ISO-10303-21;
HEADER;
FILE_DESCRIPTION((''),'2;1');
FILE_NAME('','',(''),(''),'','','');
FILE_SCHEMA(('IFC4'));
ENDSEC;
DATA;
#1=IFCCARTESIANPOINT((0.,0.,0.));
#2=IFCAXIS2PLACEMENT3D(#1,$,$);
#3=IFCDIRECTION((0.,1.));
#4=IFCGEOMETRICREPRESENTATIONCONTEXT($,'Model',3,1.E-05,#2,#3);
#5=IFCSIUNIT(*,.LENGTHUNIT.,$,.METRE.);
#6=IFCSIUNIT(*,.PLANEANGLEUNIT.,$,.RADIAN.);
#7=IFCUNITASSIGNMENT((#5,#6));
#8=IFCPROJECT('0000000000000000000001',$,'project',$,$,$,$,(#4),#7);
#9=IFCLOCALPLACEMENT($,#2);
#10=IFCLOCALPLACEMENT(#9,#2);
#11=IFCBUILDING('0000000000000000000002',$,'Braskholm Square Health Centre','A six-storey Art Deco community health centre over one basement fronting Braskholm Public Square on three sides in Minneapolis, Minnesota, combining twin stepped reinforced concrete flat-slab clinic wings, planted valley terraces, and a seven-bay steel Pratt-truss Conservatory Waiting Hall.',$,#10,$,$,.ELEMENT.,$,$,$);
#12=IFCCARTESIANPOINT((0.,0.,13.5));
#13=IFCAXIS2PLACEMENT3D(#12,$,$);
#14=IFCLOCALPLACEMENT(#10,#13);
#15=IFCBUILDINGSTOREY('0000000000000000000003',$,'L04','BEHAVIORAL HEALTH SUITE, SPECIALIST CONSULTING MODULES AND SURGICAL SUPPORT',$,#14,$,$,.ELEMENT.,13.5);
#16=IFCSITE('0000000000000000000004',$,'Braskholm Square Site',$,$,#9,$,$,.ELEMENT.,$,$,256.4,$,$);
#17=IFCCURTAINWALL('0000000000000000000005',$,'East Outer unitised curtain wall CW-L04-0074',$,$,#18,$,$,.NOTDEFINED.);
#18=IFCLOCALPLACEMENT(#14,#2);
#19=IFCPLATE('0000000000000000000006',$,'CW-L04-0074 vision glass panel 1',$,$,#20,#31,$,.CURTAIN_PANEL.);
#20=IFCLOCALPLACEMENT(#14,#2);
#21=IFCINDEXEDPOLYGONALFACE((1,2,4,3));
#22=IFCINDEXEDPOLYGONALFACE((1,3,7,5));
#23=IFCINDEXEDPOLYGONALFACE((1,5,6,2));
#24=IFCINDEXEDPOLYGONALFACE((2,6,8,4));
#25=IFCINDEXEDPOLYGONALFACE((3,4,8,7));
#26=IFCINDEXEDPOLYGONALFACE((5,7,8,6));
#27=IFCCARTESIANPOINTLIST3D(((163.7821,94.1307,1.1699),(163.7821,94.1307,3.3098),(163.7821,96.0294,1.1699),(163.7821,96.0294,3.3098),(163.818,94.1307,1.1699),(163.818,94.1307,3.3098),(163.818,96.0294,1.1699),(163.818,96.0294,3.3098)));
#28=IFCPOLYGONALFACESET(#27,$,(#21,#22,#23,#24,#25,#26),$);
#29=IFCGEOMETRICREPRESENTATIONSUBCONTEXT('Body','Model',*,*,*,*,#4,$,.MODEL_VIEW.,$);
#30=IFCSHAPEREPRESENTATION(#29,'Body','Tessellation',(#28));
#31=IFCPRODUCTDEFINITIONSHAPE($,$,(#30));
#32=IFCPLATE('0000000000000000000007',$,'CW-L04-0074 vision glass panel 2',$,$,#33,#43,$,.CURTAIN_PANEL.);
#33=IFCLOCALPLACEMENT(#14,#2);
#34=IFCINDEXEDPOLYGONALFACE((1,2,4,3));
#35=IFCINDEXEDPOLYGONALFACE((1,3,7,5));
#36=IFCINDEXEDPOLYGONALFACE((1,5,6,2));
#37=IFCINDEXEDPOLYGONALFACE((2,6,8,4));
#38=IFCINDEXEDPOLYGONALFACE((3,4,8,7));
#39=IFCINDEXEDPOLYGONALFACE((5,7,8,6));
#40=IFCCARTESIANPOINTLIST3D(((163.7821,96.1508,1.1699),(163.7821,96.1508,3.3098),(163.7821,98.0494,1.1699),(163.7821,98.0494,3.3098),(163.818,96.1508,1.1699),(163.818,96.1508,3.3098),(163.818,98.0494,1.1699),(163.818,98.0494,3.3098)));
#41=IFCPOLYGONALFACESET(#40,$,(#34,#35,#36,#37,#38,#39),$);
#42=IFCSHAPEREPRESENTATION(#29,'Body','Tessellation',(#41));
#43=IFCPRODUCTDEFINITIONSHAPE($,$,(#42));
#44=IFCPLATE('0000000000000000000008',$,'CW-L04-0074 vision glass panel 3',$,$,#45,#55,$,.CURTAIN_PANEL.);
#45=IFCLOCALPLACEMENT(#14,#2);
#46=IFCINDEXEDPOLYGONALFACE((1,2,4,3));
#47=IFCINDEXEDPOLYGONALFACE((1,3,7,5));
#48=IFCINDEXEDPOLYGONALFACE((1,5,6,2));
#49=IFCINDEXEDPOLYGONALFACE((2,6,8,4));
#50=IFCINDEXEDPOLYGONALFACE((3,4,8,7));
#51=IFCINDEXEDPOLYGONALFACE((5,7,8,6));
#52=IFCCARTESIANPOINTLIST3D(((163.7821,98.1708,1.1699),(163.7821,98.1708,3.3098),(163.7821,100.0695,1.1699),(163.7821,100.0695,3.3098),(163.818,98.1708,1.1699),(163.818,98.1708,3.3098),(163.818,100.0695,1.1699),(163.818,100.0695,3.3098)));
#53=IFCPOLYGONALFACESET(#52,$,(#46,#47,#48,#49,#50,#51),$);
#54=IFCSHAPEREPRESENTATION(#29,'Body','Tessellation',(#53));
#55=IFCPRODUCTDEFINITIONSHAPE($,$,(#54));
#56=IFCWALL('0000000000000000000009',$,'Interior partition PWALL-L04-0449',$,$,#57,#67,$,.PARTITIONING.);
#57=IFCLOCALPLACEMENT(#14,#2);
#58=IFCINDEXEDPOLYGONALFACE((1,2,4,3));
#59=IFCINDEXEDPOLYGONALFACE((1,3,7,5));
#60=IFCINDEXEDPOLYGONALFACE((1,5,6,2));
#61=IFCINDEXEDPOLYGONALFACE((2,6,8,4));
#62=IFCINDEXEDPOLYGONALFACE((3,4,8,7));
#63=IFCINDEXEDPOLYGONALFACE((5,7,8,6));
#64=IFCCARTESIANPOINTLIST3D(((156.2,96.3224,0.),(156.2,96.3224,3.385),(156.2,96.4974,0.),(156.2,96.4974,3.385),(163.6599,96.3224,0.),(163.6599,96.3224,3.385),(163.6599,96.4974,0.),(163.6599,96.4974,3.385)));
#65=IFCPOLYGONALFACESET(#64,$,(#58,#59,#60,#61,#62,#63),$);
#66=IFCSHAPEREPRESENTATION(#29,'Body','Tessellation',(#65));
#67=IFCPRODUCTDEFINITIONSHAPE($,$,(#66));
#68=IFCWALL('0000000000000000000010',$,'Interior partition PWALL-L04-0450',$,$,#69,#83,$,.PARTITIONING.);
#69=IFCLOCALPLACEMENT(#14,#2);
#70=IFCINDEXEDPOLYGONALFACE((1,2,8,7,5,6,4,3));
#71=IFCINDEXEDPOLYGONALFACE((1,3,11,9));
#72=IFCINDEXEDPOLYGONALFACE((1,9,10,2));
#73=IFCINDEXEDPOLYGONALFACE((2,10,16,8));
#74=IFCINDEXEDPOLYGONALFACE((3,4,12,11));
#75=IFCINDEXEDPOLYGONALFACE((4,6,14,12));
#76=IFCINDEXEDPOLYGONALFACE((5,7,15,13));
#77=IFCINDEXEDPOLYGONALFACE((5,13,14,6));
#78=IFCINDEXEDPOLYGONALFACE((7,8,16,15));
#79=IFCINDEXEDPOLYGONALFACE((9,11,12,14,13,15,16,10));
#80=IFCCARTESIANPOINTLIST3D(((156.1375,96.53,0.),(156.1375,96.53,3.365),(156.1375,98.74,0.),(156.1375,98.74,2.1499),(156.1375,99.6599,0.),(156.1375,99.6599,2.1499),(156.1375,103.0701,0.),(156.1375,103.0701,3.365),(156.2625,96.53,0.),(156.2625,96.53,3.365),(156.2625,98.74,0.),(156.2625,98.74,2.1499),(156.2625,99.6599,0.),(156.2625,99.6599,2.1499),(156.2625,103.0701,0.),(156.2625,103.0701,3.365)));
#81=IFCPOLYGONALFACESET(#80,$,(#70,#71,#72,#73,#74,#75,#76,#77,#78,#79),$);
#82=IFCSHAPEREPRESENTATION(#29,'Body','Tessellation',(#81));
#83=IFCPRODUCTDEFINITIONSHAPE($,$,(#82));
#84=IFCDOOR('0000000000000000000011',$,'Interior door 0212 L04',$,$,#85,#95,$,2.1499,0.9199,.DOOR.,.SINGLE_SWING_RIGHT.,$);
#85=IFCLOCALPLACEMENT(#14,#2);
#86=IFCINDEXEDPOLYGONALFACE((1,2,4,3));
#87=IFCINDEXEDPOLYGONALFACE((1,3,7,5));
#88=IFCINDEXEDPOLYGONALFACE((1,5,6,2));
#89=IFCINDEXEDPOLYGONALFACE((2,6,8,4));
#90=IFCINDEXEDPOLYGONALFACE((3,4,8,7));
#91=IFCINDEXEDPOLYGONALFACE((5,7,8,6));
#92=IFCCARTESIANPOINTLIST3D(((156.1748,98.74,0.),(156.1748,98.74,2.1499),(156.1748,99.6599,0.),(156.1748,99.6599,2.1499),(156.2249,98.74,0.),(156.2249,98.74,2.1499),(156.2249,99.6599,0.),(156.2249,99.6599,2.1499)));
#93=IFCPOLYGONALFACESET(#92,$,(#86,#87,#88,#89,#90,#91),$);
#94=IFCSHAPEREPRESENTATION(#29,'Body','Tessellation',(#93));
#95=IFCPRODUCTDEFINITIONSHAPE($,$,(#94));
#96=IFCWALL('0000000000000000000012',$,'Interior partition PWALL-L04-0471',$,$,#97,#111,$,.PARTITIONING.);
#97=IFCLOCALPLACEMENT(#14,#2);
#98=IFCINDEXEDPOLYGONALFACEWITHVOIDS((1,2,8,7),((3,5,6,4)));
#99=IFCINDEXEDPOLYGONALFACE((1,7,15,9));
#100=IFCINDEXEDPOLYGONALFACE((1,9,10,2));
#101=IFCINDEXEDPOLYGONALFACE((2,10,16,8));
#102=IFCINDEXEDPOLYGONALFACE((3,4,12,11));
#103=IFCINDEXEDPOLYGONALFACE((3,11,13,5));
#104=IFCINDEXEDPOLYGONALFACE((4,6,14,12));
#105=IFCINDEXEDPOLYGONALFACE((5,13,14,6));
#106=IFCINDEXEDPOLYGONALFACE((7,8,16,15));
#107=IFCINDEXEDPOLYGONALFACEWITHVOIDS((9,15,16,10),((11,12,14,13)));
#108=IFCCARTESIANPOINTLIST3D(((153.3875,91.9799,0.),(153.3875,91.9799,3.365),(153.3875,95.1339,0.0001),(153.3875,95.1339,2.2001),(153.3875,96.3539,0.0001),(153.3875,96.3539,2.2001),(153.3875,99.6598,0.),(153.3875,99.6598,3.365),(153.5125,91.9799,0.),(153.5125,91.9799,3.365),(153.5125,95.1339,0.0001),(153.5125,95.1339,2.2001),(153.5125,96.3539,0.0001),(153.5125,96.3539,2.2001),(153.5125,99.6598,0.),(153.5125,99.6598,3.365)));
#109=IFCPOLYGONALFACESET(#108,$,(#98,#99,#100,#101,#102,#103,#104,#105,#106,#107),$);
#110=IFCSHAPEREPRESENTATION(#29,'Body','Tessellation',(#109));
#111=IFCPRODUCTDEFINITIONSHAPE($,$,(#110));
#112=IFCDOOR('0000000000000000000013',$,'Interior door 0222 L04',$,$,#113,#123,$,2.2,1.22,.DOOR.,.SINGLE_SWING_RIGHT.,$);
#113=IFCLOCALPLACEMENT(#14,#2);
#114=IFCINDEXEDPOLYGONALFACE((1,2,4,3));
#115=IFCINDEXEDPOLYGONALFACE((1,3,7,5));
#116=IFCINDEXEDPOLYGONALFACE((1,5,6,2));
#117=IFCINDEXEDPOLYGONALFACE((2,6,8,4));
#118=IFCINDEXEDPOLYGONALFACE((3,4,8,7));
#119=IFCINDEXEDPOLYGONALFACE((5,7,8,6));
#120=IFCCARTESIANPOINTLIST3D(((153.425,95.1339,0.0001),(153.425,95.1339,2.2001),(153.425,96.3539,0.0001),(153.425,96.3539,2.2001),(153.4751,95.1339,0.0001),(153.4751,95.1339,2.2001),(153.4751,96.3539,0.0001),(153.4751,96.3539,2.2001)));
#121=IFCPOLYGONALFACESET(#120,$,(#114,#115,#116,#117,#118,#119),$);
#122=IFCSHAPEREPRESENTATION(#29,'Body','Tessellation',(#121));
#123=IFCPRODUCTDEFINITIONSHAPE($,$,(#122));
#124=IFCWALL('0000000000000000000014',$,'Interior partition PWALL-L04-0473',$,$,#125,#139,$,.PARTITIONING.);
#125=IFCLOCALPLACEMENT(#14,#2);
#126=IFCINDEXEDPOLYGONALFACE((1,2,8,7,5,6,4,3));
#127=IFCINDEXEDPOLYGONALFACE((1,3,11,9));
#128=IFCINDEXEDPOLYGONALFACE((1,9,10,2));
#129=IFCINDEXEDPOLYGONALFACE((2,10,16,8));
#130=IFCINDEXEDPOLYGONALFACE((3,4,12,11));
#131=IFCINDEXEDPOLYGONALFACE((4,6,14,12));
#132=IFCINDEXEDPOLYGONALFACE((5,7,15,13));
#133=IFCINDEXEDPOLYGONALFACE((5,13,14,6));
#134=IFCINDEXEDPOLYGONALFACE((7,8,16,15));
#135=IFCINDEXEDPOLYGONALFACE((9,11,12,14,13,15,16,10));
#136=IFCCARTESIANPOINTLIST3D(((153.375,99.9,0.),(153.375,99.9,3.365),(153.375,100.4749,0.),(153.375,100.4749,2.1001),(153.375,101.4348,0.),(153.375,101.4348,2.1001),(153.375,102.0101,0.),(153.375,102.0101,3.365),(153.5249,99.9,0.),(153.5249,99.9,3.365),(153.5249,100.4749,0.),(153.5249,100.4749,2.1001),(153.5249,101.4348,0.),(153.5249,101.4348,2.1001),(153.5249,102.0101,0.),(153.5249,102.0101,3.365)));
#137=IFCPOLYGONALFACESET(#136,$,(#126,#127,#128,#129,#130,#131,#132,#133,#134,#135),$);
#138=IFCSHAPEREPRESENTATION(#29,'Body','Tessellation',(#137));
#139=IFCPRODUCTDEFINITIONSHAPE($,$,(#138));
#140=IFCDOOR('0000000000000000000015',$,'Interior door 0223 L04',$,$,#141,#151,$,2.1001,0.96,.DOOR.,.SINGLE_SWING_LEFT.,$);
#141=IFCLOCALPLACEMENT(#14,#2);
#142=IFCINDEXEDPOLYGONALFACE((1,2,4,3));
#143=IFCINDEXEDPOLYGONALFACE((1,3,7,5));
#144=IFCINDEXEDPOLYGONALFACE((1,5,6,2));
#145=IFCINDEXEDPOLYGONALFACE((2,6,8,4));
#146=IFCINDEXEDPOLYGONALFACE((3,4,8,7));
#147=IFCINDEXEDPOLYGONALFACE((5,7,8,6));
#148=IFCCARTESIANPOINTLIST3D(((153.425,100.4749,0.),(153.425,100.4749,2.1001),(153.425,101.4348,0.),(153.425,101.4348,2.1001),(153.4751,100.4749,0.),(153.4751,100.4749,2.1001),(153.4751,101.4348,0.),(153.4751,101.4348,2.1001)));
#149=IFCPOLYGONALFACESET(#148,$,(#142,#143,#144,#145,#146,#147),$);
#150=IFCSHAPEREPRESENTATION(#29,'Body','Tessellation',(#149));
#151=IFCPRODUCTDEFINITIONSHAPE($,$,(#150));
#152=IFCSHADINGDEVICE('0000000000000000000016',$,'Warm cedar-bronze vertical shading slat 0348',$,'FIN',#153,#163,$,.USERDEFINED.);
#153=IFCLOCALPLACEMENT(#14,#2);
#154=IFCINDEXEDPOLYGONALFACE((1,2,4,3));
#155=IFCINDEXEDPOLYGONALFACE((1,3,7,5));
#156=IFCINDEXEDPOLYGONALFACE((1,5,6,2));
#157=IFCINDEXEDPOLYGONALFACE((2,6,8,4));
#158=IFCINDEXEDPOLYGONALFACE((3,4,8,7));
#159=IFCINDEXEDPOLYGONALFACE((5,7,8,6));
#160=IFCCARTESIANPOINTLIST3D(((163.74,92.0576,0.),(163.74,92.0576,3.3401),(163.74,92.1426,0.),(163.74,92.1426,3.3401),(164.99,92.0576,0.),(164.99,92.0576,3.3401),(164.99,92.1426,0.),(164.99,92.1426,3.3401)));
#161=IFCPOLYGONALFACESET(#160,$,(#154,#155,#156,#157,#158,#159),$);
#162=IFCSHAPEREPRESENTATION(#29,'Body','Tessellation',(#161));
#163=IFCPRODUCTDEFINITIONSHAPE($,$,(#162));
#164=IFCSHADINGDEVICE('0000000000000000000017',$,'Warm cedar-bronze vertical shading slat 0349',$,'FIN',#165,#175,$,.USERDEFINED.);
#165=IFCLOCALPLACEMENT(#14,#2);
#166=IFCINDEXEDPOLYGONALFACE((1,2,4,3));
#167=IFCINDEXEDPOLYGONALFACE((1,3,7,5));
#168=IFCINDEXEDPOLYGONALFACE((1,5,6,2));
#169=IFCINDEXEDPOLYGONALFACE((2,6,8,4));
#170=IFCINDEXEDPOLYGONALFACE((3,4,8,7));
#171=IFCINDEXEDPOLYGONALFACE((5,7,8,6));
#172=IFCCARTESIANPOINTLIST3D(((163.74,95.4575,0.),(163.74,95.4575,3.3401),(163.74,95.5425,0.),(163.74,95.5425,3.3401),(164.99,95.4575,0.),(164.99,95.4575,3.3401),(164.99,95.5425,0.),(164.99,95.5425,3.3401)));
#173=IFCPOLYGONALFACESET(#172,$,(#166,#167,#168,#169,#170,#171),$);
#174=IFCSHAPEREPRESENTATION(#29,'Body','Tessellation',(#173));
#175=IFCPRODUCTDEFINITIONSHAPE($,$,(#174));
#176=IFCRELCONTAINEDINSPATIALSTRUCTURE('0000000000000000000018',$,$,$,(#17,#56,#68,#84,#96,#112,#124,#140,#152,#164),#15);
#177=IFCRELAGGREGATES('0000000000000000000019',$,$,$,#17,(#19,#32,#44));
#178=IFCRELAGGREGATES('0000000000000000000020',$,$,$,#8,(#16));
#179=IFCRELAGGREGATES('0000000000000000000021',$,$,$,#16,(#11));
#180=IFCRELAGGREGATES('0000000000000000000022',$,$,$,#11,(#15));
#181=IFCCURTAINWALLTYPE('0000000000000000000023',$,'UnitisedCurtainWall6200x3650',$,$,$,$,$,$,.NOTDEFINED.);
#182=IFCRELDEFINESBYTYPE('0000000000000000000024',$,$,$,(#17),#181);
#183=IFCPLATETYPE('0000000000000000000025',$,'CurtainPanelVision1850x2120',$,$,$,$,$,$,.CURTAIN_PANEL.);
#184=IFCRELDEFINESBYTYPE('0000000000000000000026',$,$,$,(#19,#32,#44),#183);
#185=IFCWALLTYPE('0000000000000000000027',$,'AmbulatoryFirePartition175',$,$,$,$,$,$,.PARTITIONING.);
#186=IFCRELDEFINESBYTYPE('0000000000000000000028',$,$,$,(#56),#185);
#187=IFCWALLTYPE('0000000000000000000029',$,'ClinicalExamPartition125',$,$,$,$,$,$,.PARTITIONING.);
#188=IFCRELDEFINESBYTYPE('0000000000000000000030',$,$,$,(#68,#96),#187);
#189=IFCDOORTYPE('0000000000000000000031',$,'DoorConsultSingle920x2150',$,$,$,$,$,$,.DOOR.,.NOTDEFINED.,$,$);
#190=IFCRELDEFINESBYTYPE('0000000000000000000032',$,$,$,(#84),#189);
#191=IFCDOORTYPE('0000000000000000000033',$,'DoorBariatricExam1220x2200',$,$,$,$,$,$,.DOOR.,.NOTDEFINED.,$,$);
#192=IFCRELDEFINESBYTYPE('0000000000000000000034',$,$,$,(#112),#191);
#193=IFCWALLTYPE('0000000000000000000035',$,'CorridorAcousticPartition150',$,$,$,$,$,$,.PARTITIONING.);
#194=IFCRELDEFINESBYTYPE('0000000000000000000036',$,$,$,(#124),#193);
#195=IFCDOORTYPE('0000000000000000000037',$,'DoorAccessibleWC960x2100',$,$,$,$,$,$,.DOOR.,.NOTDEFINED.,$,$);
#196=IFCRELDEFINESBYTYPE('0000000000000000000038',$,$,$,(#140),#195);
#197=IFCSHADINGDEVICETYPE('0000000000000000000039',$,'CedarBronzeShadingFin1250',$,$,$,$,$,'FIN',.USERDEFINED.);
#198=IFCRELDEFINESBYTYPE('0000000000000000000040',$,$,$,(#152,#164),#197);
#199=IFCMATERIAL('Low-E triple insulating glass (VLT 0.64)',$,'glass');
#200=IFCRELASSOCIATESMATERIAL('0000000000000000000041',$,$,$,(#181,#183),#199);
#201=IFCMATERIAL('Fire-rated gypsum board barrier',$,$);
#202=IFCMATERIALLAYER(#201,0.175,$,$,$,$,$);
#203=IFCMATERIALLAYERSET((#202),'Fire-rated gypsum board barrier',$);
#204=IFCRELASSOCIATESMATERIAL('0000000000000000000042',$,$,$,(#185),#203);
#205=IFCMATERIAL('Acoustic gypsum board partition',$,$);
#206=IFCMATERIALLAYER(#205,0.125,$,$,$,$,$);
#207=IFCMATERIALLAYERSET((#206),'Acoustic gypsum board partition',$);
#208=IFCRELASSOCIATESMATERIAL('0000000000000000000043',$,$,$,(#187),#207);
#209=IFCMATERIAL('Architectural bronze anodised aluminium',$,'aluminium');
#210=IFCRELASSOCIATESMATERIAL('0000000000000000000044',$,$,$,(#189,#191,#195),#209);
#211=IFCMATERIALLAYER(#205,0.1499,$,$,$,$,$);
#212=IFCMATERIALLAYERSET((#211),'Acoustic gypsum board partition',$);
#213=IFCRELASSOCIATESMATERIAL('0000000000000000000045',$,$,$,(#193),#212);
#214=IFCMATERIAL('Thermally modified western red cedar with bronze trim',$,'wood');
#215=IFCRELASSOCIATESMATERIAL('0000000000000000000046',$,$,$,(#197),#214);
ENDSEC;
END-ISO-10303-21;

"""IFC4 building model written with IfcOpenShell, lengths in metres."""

from ifc_helpers import new_model, si_unit, direction, frame, frame_2d, origin, origin_with_axes, origin_2d, place, context, subcontext, project, spatial, rectangle, extrude, material, layer, layer_set, type_object, element, fill, aggregate, save


model = new_model("IFC4")

# Units and contexts
model_context = context("Model", 3, precision=1e-05, world=origin(), true_north=direction((0.0, 1.0)))
body_context = subcontext(model_context, "Body", "Model", "MODEL_VIEW")
ifc_project = project(units=[si_unit("LENGTHUNIT", "METRE"), si_unit("PLANEANGLEUNIT", "RADIAN")], contexts=[model_context])

# Site, building, storey
site_placement = place(None, origin())
site = spatial("IfcSite", under=ifc_project, at=site_placement, Name="Braskholm Square Site", CompositionType="ELEMENT", RefElevation=256.4)
building_placement = place(site_placement, origin())
building = spatial("IfcBuilding", under=site, at=building_placement, Name="Braskholm Square Health Centre", Description="A six-storey Art Deco community health centre over one basement fronting Braskholm Public Square on three sides in Minneapolis, Minnesota, combining twin stepped reinforced concrete flat-slab clinic wings, planted valley terraces, and a seven-bay steel Pratt-truss Conservatory Waiting Hall.", CompositionType="ELEMENT")
storey_placement = place(building_placement, frame((0.0, 0.0, 13.5)))
storey = spatial("IfcBuildingStorey", under=building, at=storey_placement, Name="L04", Description="BEHAVIORAL HEALTH SUITE, SPECIALIST CONSULTING MODULES AND SURGICAL SUPPORT", CompositionType="ELEMENT", Elevation=13.5)

# Curtain wall
ifc_material_1 = material(Name="Low-E triple insulating glass (VLT 0.64)", Category="glass")
curtain_wall_type = type_object("IfcCurtainWallType", Name="UnitisedCurtainWall6200x3650", PredefinedType="NOTDEFINED", material=ifc_material_1)
curtain_wall_placement = place(storey_placement, origin())
curtain_wall = element("IfcCurtainWall", 1, at=curtain_wall_placement, inside=storey, type_object=curtain_wall_type, Name="East Outer unitised curtain wall CW-L04-0074", PredefinedType="NOTDEFINED")
ifc_material_2 = material(Name="Architectural bronze anodised aluminium", Category="aluminium")

# Plates
plate_type_1 = type_object("IfcPlateType", Name="CurtainPanelVision1850x2120", PredefinedType="CURTAIN_PANEL", material=ifc_material_1)
plate_1_placement = place(storey_placement, frame((163.8, 95.0801, 1.1699), z_axis=(0.0, 0.0, 1.0), x_axis=(0.0, 1.0, 0.0)))
plate_1 = element("IfcPlate", 2, at=plate_1_placement, type_object=plate_type_1, Name="CW-L04-0074 vision glass panel 1", PredefinedType="CURTAIN_PANEL", context=body_context, shape_type="SweptSolid", body=[
    extrude(rectangle(XDim=1.8987, YDim=0.0359, at=origin_2d()), origin(), (0.0, 0.0, 1.0), 2.1399),
])
plate_2_placement = place(storey_placement, frame((163.8, 97.1001, 1.1699), z_axis=(0.0, 0.0, 1.0), x_axis=(0.0, 1.0, 0.0)))
plate_2 = element("IfcPlate", 3, at=plate_2_placement, type_object=plate_type_1, Name="CW-L04-0074 vision glass panel 2", PredefinedType="CURTAIN_PANEL", context=body_context, shape_type="SweptSolid", body=[
    extrude(rectangle(XDim=1.8987, YDim=0.0359, at=origin_2d()), origin(), (0.0, 0.0, 1.0), 2.1399),
])
plate_3_placement = place(storey_placement, frame((163.8, 99.1201, 1.1699), z_axis=(0.0, 0.0, 1.0), x_axis=(0.0, 1.0, 0.0)))
plate_3 = element("IfcPlate", 4, at=plate_3_placement, type_object=plate_type_1, Name="CW-L04-0074 vision glass panel 3", PredefinedType="CURTAIN_PANEL", context=body_context, shape_type="SweptSolid", body=[
    extrude(rectangle(XDim=1.8987, YDim=0.0359, at=origin_2d()), origin(), (0.0, 0.0, 1.0), 2.1399),
])
aggregate(curtain_wall, [plate_1, plate_2, plate_3])

# Wall
ifc_material_3 = material(Name="Fire-rated gypsum board barrier")
ifc_layer_1 = layer(ifc_material_3, 0.175)
ifc_layer_set_1 = layer_set([ifc_layer_1], Name="Fire-rated gypsum board barrier")
wall_type_1 = type_object("IfcWallType", Name="AmbulatoryFirePartition175", PredefinedType="PARTITIONING", material=ifc_layer_set_1)
wall_1_placement = place(storey_placement, frame((156.2, 96.4099, 0.0), z_axis=(0.0, 0.0, 1.0), x_axis=(1.0, 0.0, 0.0)))
element("IfcWall", 5, at=wall_1_placement, inside=storey, type_object=wall_type_1, Name="Interior partition PWALL-L04-0449", PredefinedType="PARTITIONING", context=body_context, shape_type="SweptSolid", body=[
    extrude(rectangle(XDim=7.46, YDim=0.175, at=frame_2d((3.73, 0.0))), origin(), (0.0, 0.0, 1.0), 3.385),
])

# Walls, openings, doors
ifc_material_4 = material(Name="Acoustic gypsum board partition")
ifc_layer_2 = layer(ifc_material_4, 0.125)
ifc_layer_set_2 = layer_set([ifc_layer_2], Name="Acoustic gypsum board partition")
wall_type_2 = type_object("IfcWallType", Name="ClinicalExamPartition125", PredefinedType="PARTITIONING", material=ifc_layer_set_2)
wall_2_placement = place(storey_placement, frame((156.2, 96.53, 0.0), z_axis=(0.0, 0.0, 1.0), x_axis=(0.0, 1.0, 0.0)))
wall_2 = element("IfcWall", 6, at=wall_2_placement, inside=storey, type_object=wall_type_2, Name="Interior partition PWALL-L04-0450", PredefinedType="PARTITIONING", context=body_context, shape_type="SweptSolid", body=[
    extrude(rectangle(XDim=6.54, YDim=0.125, at=frame_2d((3.27, 0.0))), origin(), (0.0, 0.0, 1.0), 3.365),
])
opening_1_placement = place(wall_2_placement, frame((2.21, 0.0, 0.0)))
opening_1 = element("IfcOpeningElement", 7, at=opening_1_placement, cuts=wall_2, PredefinedType="OPENING", context=body_context, shape_type="SweptSolid", body=[
    extrude(rectangle(XDim=0.9199, YDim=2.1499, at=frame_2d((0.46, 1.075))), frame((0.0, 0.0725, 0.0), z_axis=(0.0, -1.0, 0.0), x_axis=(1.0, 0.0, 0.0)), (0.0, 0.0, 1.0), 0.145),
])
door_type_1 = type_object("IfcDoorType", Name="DoorConsultSingle920x2150", OperationType="NOTDEFINED", PredefinedType="DOOR", material=ifc_material_2)
door_1_placement = place(opening_1_placement, frame((0.9199, 0.0, 0.0), z_axis=(0.0, 0.0, 1.0), x_axis=(-1.0, 0.0, 0.0)))
door_1 = element("IfcDoor", 8, at=door_1_placement, inside=storey, type_object=door_type_1, Name="Interior door 0212 L04", OperationType="SINGLE_SWING_RIGHT", OverallHeight=2.1499, OverallWidth=0.9199, PredefinedType="DOOR", context=body_context, shape_type="SweptSolid", body=[
    extrude(rectangle(XDim=0.9199, YDim=2.1499, at=frame_2d((0.46, 1.075))), frame((0.0, 0.0249, 0.0), z_axis=(0.0, -1.0, 0.0), x_axis=(1.0, 0.0, 0.0)), (0.0, 0.0, 1.0), 0.05),
])
fill(opening_1, door_1)
wall_3_placement = place(storey_placement, frame((153.45, 91.98, 0.0), z_axis=(0.0, 0.0, 1.0), x_axis=(0.0, 1.0, 0.0)))
wall_3 = element("IfcWall", 9, at=wall_3_placement, inside=storey, type_object=wall_type_2, Name="Interior partition PWALL-L04-0471", PredefinedType="PARTITIONING", context=body_context, shape_type="SweptSolid", body=[
    extrude(rectangle(XDim=7.6799, YDim=0.125, at=frame_2d((3.8398, 0.0))), origin(), (0.0, 0.0, 1.0), 3.365),
])
opening_2_placement = place(wall_3_placement, frame((3.1541, 0.0, 0.0)))
opening_2 = element("IfcOpeningElement", 10, at=opening_2_placement, cuts=wall_3, PredefinedType="OPENING", context=body_context, shape_type="SweptSolid", body=[
    extrude(rectangle(XDim=1.22, YDim=2.2, at=frame_2d((0.6099, 1.1001))), frame((0.0, 0.0725, 0.0), z_axis=(0.0, -1.0, 0.0), x_axis=(1.0, 0.0, 0.0)), (0.0, 0.0, 1.0), 0.145),
])
door_type_2 = type_object("IfcDoorType", Name="DoorBariatricExam1220x2200", OperationType="NOTDEFINED", PredefinedType="DOOR", material=ifc_material_2)
door_2_placement = place(opening_2_placement, origin_with_axes())
door_2 = element("IfcDoor", 11, at=door_2_placement, inside=storey, type_object=door_type_2, Name="Interior door 0222 L04", OperationType="SINGLE_SWING_RIGHT", OverallHeight=2.2, OverallWidth=1.22, PredefinedType="DOOR", context=body_context, shape_type="SweptSolid", body=[
    extrude(rectangle(XDim=1.22, YDim=2.2, at=frame_2d((0.6099, 1.1001))), frame((0.0, 0.0249, 0.0), z_axis=(0.0, -1.0, 0.0), x_axis=(1.0, 0.0, 0.0)), (0.0, 0.0, 1.0), 0.05),
])
fill(opening_2, door_2)
ifc_layer_3 = layer(ifc_material_4, 0.1499)
ifc_layer_set_3 = layer_set([ifc_layer_3], Name="Acoustic gypsum board partition")
wall_type_3 = type_object("IfcWallType", Name="CorridorAcousticPartition150", PredefinedType="PARTITIONING", material=ifc_layer_set_3)
wall_4_placement = place(storey_placement, frame((153.45, 99.8999, 0.0), z_axis=(0.0, 0.0, 1.0), x_axis=(0.0, 1.0, 0.0)))
wall_4 = element("IfcWall", 12, at=wall_4_placement, inside=storey, type_object=wall_type_3, Name="Interior partition PWALL-L04-0473", PredefinedType="PARTITIONING", context=body_context, shape_type="SweptSolid", body=[
    extrude(rectangle(XDim=2.1101, YDim=0.1499, at=frame_2d((1.0552, 0.0))), origin(), (0.0, 0.0, 1.0), 3.365),
])
opening_3_placement = place(wall_4_placement, frame((0.575, 0.0, 0.0)))
opening_3 = element("IfcOpeningElement", 13, at=opening_3_placement, cuts=wall_4, PredefinedType="OPENING", context=body_context, shape_type="SweptSolid", body=[
    extrude(rectangle(XDim=0.96, YDim=2.1001, at=frame_2d((0.48, 1.05))), frame((0.0, 0.085, 0.0), z_axis=(0.0, -1.0, 0.0), x_axis=(1.0, 0.0, 0.0)), (0.0, 0.0, 1.0), 0.1699),
])
door_type_3 = type_object("IfcDoorType", Name="DoorAccessibleWC960x2100", OperationType="NOTDEFINED", PredefinedType="DOOR", material=ifc_material_2)
door_3_placement = place(opening_3_placement, origin_with_axes())
door_3 = element("IfcDoor", 14, at=door_3_placement, inside=storey, type_object=door_type_3, Name="Interior door 0223 L04", OperationType="SINGLE_SWING_LEFT", OverallHeight=2.1001, OverallWidth=0.96, PredefinedType="DOOR", context=body_context, shape_type="SweptSolid", body=[
    extrude(rectangle(XDim=0.96, YDim=2.1001, at=frame_2d((0.48, 1.05))), frame((0.0, 0.0249, 0.0), z_axis=(0.0, -1.0, 0.0), x_axis=(1.0, 0.0, 0.0)), (0.0, 0.0, 1.0), 0.05),
])
fill(opening_3, door_3)

# Shading devices
ifc_material_5 = material(Name="Thermally modified western red cedar with bronze trim", Category="wood")
shading_device_type = type_object("IfcShadingDeviceType", Name="CedarBronzeShadingFin1250", ElementType="FIN", PredefinedType="USERDEFINED", material=ifc_material_5)
for number, where, z_axis, x_axis, name in (
    (15, (164.365, 92.1001, 0.0), (0.0, 0.0, 1.0), (1.0, 0.0, 0.0), "Warm cedar-bronze vertical shading slat 0348"),
    (16, (164.365, 95.5, 0.0), (0.0, 0.0, 1.0), (1.0, 0.0, 0.0), "Warm cedar-bronze vertical shading slat 0349"),
):
    element("IfcShadingDevice", number, at=place(storey_placement, frame(where, z_axis=z_axis, x_axis=x_axis)), inside=storey, type_object=shading_device_type, Name=name, ObjectType="FIN", PredefinedType="USERDEFINED", context=body_context, shape_type="SweptSolid", body=[
        extrude(rectangle(XDim=1.25, YDim=0.085, at=origin_2d()), origin(), (0.0, 0.0, 1.0), 3.3401),
    ])

save(model, "model.ifc")
